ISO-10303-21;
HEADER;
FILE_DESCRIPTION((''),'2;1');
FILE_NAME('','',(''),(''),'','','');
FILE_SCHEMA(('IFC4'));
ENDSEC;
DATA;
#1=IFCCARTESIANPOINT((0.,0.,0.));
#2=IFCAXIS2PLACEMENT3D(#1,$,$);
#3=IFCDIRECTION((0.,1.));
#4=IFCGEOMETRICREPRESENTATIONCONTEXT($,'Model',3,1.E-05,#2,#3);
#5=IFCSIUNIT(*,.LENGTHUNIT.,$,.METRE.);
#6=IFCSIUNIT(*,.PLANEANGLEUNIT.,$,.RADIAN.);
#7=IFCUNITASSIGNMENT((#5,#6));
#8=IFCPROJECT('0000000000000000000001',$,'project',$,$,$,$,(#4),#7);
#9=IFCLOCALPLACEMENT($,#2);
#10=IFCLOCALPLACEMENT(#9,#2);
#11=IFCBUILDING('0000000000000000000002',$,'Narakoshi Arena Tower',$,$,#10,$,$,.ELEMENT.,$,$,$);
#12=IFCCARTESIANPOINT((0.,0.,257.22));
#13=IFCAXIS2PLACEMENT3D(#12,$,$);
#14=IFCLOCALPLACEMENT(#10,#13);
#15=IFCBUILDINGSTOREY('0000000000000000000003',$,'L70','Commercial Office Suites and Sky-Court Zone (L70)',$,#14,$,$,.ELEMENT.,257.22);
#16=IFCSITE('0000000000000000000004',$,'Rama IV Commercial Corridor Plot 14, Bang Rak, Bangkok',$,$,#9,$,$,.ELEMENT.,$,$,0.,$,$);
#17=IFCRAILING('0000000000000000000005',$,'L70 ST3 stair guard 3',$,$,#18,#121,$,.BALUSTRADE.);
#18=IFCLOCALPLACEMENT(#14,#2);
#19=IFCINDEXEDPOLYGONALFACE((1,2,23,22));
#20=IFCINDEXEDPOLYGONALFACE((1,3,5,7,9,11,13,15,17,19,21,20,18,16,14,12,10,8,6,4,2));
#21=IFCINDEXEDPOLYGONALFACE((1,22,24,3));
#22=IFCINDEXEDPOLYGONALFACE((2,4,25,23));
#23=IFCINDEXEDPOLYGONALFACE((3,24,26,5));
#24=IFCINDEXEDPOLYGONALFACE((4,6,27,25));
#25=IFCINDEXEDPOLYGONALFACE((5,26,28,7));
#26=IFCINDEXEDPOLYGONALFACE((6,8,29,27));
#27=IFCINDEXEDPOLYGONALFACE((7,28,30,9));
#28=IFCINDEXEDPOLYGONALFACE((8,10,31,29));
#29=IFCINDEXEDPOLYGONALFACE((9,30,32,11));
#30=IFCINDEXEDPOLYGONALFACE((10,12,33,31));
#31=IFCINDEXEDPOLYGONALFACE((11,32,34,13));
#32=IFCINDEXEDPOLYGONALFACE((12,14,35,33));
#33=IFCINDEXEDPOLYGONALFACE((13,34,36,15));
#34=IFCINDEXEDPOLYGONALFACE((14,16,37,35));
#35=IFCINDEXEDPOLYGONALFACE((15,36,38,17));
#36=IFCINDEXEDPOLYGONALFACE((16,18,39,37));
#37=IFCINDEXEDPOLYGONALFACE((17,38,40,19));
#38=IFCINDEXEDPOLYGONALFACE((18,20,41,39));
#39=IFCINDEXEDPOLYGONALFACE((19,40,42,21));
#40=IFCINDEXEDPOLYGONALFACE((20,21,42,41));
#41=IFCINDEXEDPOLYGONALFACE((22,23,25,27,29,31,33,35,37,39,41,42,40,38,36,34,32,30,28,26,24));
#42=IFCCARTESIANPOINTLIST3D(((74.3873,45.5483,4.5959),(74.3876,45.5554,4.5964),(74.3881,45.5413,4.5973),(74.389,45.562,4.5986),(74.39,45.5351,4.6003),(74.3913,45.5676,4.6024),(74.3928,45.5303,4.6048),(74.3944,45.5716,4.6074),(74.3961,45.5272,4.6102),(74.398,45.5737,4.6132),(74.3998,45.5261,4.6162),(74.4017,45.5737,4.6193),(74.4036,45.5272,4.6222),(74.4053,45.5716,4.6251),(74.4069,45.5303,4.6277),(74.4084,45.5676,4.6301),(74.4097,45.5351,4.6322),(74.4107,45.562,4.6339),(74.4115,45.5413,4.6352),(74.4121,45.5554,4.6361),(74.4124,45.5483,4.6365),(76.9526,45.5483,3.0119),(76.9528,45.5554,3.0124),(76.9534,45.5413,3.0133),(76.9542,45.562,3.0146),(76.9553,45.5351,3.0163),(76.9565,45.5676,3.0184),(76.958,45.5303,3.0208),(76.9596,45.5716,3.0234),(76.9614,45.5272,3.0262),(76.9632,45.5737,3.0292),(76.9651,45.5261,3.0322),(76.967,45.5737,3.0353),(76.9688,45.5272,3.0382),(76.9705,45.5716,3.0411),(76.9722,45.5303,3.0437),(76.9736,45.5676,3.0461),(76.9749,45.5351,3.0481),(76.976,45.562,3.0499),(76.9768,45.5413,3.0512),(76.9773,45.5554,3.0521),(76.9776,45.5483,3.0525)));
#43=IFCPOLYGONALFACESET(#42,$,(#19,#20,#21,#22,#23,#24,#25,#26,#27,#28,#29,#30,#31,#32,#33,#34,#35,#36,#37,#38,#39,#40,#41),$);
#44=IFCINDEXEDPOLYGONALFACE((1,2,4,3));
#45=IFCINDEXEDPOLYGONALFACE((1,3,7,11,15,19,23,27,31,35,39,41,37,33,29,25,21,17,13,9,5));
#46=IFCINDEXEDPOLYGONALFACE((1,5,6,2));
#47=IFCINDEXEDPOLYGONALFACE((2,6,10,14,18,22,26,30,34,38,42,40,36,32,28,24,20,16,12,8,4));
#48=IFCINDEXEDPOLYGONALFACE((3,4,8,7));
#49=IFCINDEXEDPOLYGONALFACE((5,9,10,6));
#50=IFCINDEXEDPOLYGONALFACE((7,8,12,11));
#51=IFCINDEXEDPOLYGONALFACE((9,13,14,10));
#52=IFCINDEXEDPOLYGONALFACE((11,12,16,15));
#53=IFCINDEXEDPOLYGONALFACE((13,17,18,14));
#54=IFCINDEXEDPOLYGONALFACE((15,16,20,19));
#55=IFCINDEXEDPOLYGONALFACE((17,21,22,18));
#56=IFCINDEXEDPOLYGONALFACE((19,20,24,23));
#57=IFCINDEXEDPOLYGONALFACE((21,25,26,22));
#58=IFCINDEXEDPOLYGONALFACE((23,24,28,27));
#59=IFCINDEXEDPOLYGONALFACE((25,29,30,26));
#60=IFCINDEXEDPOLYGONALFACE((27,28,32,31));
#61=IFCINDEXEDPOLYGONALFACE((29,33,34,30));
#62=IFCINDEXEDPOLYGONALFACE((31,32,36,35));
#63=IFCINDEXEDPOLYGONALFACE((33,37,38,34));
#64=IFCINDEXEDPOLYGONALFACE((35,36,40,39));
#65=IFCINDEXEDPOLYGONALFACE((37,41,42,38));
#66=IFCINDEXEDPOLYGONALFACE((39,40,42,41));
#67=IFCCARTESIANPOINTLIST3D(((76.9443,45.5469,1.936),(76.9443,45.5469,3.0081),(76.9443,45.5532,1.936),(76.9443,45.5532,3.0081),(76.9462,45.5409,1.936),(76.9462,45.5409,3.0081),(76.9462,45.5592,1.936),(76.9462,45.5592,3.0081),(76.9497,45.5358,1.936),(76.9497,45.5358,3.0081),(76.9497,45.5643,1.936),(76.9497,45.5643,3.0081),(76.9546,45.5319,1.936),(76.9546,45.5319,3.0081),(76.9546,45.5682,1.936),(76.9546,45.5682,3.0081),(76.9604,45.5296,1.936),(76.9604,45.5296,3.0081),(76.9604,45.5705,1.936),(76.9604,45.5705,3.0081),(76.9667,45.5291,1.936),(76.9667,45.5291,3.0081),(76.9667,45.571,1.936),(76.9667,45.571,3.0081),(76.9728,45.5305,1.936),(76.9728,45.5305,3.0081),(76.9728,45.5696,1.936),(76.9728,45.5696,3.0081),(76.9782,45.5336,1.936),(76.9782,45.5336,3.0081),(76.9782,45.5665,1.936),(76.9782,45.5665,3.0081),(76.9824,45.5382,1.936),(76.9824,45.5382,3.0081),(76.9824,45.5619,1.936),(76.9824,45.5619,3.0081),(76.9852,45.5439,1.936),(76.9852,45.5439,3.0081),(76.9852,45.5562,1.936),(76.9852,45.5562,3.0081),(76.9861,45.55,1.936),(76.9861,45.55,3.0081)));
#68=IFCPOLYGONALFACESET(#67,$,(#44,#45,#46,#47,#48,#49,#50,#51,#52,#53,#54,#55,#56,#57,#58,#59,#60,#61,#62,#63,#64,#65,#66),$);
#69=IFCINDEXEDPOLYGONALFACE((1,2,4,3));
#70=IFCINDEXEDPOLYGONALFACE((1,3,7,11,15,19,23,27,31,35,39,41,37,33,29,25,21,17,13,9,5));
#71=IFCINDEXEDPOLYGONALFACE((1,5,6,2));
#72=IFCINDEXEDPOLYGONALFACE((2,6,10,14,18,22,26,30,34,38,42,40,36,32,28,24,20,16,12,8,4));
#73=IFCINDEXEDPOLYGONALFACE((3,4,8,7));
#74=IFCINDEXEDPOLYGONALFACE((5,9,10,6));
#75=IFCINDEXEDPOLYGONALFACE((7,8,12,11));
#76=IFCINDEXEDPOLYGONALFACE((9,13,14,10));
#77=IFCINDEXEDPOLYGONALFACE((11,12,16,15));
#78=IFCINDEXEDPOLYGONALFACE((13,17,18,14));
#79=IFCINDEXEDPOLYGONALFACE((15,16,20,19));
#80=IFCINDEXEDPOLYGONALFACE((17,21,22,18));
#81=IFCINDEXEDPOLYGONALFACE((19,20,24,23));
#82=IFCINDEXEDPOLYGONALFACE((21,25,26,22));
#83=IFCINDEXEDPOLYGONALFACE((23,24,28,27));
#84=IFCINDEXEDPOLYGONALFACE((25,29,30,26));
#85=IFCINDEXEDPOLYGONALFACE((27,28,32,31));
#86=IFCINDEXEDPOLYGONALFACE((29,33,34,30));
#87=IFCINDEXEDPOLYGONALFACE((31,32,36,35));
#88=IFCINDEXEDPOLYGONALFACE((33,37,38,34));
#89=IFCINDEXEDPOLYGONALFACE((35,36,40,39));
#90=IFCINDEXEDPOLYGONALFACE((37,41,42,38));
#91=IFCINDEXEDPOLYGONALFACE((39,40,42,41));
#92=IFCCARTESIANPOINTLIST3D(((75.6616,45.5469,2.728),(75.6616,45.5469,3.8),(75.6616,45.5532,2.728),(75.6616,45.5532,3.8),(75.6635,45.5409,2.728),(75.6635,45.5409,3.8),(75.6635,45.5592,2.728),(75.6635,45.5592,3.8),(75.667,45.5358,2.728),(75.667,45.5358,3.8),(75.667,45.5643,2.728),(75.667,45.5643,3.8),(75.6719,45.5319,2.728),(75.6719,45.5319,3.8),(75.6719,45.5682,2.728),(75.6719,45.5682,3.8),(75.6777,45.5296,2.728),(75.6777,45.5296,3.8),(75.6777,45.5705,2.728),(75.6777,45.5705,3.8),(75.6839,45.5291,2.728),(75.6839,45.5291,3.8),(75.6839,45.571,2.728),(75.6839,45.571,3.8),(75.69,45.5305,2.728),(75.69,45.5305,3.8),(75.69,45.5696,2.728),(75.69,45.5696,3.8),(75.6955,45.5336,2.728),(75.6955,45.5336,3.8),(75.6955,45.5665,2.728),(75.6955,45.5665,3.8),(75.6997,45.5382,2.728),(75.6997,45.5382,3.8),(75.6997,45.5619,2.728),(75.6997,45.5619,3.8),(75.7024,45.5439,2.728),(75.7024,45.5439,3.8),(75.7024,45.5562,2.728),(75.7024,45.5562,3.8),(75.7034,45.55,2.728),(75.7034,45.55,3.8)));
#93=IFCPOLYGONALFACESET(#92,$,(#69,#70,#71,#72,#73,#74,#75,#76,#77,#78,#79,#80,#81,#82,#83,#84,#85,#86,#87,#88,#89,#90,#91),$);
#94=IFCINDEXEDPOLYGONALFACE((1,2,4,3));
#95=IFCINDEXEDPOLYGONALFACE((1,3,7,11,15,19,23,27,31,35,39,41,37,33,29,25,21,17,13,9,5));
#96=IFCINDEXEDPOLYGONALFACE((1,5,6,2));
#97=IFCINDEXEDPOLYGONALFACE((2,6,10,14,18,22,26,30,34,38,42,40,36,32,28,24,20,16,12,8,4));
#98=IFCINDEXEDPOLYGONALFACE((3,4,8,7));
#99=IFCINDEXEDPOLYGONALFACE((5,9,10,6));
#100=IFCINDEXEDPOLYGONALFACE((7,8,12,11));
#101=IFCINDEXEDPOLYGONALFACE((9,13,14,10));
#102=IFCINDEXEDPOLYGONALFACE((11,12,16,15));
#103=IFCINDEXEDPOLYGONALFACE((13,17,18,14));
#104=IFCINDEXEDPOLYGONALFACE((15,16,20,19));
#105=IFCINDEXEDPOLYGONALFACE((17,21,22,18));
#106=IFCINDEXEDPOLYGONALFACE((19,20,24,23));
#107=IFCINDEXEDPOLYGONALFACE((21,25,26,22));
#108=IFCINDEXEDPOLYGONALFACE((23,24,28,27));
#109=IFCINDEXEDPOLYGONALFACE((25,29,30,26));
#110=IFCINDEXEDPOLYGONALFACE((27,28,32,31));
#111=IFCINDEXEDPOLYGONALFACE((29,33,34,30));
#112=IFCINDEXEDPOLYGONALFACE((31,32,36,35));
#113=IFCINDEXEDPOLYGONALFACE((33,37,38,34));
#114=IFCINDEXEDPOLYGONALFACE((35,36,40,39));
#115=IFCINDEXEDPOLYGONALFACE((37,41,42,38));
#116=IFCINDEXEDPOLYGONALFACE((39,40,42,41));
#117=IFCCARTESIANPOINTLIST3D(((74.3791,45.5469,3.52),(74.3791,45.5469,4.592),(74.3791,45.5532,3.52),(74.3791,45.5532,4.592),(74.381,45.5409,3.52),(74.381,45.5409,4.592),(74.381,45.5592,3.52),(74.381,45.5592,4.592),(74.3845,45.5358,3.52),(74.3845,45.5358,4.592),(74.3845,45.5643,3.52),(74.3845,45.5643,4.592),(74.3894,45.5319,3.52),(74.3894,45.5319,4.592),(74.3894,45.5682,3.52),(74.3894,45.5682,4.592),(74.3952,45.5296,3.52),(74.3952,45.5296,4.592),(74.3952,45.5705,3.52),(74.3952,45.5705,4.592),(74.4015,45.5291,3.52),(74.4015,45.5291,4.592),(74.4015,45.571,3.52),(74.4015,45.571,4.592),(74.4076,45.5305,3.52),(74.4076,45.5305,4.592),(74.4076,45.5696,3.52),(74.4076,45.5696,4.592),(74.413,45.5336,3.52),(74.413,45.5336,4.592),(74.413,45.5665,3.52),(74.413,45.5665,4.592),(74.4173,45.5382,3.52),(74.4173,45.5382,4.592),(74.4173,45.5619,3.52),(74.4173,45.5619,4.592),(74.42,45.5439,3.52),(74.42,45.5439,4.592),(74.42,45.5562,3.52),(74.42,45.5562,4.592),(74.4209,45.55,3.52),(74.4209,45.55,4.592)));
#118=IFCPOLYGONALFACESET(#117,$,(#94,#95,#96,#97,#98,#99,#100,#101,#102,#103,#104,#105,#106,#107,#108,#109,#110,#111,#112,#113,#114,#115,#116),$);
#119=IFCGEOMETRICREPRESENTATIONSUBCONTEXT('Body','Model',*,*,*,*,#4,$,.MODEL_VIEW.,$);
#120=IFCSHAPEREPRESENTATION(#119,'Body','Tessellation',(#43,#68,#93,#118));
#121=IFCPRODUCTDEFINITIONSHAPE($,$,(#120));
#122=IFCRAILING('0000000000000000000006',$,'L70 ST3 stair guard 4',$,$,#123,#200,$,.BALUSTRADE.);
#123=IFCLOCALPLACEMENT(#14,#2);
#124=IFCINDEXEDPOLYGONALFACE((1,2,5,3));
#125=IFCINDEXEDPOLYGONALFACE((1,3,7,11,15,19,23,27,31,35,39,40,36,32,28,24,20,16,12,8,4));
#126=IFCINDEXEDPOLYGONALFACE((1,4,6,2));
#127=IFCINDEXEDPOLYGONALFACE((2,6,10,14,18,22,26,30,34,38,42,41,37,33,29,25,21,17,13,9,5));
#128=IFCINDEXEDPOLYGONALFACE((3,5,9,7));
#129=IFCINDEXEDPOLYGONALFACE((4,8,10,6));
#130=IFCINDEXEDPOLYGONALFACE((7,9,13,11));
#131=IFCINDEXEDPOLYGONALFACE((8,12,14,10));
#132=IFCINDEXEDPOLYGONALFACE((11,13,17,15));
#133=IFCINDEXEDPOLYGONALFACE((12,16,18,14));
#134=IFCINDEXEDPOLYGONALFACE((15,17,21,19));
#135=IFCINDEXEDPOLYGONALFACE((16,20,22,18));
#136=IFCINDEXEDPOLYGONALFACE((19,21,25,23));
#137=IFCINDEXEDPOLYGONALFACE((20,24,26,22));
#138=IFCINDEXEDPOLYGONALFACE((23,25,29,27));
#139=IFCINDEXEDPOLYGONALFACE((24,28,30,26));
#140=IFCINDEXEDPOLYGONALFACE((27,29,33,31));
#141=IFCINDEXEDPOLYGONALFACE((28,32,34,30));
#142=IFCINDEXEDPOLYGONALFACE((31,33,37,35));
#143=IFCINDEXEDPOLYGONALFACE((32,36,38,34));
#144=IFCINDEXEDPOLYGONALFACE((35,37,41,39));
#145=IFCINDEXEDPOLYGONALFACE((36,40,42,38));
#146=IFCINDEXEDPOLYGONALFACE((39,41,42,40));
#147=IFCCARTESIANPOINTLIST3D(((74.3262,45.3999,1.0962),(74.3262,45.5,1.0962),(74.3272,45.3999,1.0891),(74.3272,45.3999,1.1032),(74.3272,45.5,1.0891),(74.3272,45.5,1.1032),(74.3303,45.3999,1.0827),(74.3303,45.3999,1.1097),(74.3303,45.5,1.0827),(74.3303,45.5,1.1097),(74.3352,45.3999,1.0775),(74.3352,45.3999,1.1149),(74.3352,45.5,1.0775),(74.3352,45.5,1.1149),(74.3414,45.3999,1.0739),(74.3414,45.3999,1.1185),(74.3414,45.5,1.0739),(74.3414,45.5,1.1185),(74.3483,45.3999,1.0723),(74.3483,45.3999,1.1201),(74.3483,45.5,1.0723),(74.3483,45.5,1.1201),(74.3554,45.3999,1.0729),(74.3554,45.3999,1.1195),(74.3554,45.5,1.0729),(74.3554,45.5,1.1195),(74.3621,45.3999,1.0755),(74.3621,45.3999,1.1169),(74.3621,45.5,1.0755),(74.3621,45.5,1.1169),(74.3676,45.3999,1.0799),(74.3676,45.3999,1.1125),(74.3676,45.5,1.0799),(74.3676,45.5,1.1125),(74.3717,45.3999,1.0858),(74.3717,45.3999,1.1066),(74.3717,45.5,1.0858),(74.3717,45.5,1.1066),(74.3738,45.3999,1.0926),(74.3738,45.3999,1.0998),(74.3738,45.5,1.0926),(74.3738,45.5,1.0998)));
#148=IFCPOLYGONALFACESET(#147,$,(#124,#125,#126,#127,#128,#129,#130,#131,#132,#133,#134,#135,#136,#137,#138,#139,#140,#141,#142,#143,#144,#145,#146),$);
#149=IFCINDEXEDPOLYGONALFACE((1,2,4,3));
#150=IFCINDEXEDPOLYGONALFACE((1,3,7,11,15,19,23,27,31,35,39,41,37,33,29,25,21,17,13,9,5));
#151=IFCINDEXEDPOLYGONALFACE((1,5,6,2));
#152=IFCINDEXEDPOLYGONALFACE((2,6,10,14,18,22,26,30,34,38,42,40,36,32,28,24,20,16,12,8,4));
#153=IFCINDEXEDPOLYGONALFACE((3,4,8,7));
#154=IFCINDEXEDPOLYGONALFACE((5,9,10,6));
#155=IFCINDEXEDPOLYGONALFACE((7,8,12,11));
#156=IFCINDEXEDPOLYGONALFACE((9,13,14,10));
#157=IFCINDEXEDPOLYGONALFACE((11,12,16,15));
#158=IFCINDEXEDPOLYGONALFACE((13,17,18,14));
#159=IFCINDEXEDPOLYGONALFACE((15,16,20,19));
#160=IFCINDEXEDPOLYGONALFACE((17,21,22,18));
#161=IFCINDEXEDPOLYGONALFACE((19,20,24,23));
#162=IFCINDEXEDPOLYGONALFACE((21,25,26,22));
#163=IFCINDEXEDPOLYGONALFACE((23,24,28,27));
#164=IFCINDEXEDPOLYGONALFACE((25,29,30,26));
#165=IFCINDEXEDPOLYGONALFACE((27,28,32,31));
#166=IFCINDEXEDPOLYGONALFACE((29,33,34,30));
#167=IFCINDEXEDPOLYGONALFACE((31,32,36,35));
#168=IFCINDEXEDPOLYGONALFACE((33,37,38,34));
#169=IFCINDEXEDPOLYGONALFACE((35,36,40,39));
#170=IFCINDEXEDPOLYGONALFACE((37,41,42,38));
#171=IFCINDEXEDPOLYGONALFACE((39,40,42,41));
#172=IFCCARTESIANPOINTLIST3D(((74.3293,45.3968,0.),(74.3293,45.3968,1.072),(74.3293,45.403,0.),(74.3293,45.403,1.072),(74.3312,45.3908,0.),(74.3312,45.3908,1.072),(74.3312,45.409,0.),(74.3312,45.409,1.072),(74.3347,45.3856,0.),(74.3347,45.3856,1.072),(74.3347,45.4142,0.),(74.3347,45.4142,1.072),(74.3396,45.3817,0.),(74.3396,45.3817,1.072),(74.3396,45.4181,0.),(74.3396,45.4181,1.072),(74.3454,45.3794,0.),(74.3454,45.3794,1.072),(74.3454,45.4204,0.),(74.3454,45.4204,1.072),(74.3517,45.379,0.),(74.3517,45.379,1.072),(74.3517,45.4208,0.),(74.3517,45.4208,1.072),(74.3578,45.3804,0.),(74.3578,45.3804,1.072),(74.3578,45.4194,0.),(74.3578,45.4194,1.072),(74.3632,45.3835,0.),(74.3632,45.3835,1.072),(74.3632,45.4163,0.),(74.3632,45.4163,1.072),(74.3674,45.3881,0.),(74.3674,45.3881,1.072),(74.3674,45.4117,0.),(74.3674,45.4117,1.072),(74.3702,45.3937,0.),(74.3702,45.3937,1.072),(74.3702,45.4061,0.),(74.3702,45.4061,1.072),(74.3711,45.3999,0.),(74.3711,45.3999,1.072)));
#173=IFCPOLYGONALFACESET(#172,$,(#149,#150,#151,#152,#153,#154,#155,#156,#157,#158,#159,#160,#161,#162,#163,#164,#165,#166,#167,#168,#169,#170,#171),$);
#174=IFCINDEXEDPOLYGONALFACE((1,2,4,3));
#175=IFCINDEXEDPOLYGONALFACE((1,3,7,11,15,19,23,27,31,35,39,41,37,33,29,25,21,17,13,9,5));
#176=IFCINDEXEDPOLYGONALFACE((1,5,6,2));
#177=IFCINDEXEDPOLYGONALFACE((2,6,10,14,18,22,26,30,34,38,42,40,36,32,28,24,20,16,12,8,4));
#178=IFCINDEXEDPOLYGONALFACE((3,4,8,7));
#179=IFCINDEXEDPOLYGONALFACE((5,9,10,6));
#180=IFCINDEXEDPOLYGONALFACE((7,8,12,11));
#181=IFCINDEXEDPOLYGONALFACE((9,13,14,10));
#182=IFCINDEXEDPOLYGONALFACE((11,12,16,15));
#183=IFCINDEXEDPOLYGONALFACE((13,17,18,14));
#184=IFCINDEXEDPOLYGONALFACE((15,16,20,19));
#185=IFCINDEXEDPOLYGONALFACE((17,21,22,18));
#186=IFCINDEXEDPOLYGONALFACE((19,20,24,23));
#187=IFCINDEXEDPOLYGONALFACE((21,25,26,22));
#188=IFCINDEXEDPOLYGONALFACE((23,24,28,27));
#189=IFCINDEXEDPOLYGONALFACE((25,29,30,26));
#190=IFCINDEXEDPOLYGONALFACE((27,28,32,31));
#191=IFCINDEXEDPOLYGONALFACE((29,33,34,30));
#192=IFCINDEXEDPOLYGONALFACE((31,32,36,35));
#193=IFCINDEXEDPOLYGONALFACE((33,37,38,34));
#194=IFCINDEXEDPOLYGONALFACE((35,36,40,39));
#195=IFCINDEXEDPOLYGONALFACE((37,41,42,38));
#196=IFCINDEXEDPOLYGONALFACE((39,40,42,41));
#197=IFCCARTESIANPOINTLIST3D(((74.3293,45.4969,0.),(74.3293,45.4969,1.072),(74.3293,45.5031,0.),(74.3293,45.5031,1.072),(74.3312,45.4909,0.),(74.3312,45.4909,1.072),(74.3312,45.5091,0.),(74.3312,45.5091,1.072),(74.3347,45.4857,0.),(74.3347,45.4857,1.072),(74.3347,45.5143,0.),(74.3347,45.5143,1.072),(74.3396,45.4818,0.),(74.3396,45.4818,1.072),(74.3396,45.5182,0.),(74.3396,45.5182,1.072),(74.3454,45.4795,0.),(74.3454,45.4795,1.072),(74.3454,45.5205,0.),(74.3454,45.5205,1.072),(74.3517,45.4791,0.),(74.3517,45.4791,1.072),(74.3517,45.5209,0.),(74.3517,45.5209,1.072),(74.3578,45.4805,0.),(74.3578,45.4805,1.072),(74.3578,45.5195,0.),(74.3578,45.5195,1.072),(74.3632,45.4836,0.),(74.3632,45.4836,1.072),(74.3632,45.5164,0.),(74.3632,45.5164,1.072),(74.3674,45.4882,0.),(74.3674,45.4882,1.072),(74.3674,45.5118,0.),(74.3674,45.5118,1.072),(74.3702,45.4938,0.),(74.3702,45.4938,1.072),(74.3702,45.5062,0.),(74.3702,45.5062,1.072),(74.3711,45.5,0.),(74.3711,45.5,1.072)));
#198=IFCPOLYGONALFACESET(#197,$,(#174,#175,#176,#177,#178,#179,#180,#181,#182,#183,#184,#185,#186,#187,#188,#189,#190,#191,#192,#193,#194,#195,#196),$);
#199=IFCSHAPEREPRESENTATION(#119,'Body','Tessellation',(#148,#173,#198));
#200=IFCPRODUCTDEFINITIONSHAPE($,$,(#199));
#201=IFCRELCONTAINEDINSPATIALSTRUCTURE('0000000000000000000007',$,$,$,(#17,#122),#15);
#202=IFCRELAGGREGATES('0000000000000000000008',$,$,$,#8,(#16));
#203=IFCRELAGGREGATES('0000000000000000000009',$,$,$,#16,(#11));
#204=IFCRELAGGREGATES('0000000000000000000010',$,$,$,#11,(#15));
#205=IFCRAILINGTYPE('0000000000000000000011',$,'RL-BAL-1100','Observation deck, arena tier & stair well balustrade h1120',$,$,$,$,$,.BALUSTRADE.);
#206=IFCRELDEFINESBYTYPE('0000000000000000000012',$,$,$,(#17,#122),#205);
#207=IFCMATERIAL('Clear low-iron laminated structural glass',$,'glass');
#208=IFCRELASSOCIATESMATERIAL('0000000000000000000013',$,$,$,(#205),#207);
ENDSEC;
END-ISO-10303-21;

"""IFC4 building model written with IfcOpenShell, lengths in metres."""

from ifc_helpers import new_model, si_unit, direction, frame, origin, origin_2d, place, context, subcontext, project, spatial, circle, extrude, material, type_object, element, save


model = new_model("IFC4")

# Units and contexts
model_context = context("Model", 3, precision=1e-05, world=origin(), true_north=direction((0.0, 1.0)))
body_context = subcontext(model_context, "Body", "Model", "MODEL_VIEW")
ifc_project = project(units=[si_unit("LENGTHUNIT", "METRE"), si_unit("PLANEANGLEUNIT", "RADIAN")], contexts=[model_context])

# Site, building, storey
site_placement = place(None, origin())
site = spatial("IfcSite", under=ifc_project, at=site_placement, Name="Rama IV Commercial Corridor Plot 14, Bang Rak, Bangkok", CompositionType="ELEMENT", RefElevation=0.0)
building_placement = place(site_placement, origin())
building = spatial("IfcBuilding", under=site, at=building_placement, Name="Narakoshi Arena Tower", CompositionType="ELEMENT")
storey_placement = place(building_placement, frame((0.0, 0.0, 257.22)))
storey = spatial("IfcBuildingStorey", under=building, at=storey_placement, Name="L70", Description="Commercial Office Suites and Sky-Court Zone (L70)", CompositionType="ELEMENT", Elevation=257.22)

# Railings
ifc_material_1 = material(Name="Clear low-iron laminated structural glass", Category="glass")
railing_type_1 = type_object("IfcRailingType", Name="RL-BAL-1100", Description="Observation deck, arena tier & stair well balustrade h1120", PredefinedType="BALUSTRADE", material=ifc_material_1)
railing_1_placement = place(storey_placement, frame((76.9651, 45.55, 1.936)))
element("IfcRailing", 1, at=railing_1_placement, inside=storey, type_object=railing_type_1, Name="L70 ST3 stair guard 3", PredefinedType="BALUSTRADE", context=body_context, shape_type="SweptSolid", body=[
    extrude(circle(Radius=0.0239, at=origin_2d()), frame((0.0, 0.0, 1.0962), z_axis=(-0.850857, 0.0, 0.525398), x_axis=(0.0, -1.0, 0.0)), (0.0, 0.0, 1.0), 3.0149),
    extrude(circle(Radius=0.021, at=origin_2d()), origin(), (0.0, 0.0, 1.0), 1.072),
    extrude(circle(Radius=0.021, at=origin_2d()), frame((-1.2827, 0.0, 0.792)), (0.0, 0.0, 1.0), 1.072),
    extrude(circle(Radius=0.021, at=origin_2d()), frame((-2.5652, 0.0, 1.584)), (0.0, 0.0, 1.0), 1.072),
])
railing_2_placement = place(storey_placement, frame((74.3501, 45.3999, 0.0)))
element("IfcRailing", 2, at=railing_2_placement, inside=storey, type_object=railing_type_1, Name="L70 ST3 stair guard 4", PredefinedType="BALUSTRADE", context=body_context, shape_type="SweptSolid", body=[
    extrude(circle(Radius=0.0239, at=origin_2d()), frame((0.0, 0.0, 1.0962), z_axis=(0.0, 1.0, 0.0), x_axis=(-1.0, 0.0, 0.0)), (0.0, 0.0, 1.0), 0.1001),
    extrude(circle(Radius=0.021, at=origin_2d()), origin(), (0.0, 0.0, 1.0), 1.072),
    extrude(circle(Radius=0.021, at=origin_2d()), frame((0.0, 0.1001, 0.0)), (0.0, 0.0, 1.0), 1.072),
])

save(model, "model.ifc")
